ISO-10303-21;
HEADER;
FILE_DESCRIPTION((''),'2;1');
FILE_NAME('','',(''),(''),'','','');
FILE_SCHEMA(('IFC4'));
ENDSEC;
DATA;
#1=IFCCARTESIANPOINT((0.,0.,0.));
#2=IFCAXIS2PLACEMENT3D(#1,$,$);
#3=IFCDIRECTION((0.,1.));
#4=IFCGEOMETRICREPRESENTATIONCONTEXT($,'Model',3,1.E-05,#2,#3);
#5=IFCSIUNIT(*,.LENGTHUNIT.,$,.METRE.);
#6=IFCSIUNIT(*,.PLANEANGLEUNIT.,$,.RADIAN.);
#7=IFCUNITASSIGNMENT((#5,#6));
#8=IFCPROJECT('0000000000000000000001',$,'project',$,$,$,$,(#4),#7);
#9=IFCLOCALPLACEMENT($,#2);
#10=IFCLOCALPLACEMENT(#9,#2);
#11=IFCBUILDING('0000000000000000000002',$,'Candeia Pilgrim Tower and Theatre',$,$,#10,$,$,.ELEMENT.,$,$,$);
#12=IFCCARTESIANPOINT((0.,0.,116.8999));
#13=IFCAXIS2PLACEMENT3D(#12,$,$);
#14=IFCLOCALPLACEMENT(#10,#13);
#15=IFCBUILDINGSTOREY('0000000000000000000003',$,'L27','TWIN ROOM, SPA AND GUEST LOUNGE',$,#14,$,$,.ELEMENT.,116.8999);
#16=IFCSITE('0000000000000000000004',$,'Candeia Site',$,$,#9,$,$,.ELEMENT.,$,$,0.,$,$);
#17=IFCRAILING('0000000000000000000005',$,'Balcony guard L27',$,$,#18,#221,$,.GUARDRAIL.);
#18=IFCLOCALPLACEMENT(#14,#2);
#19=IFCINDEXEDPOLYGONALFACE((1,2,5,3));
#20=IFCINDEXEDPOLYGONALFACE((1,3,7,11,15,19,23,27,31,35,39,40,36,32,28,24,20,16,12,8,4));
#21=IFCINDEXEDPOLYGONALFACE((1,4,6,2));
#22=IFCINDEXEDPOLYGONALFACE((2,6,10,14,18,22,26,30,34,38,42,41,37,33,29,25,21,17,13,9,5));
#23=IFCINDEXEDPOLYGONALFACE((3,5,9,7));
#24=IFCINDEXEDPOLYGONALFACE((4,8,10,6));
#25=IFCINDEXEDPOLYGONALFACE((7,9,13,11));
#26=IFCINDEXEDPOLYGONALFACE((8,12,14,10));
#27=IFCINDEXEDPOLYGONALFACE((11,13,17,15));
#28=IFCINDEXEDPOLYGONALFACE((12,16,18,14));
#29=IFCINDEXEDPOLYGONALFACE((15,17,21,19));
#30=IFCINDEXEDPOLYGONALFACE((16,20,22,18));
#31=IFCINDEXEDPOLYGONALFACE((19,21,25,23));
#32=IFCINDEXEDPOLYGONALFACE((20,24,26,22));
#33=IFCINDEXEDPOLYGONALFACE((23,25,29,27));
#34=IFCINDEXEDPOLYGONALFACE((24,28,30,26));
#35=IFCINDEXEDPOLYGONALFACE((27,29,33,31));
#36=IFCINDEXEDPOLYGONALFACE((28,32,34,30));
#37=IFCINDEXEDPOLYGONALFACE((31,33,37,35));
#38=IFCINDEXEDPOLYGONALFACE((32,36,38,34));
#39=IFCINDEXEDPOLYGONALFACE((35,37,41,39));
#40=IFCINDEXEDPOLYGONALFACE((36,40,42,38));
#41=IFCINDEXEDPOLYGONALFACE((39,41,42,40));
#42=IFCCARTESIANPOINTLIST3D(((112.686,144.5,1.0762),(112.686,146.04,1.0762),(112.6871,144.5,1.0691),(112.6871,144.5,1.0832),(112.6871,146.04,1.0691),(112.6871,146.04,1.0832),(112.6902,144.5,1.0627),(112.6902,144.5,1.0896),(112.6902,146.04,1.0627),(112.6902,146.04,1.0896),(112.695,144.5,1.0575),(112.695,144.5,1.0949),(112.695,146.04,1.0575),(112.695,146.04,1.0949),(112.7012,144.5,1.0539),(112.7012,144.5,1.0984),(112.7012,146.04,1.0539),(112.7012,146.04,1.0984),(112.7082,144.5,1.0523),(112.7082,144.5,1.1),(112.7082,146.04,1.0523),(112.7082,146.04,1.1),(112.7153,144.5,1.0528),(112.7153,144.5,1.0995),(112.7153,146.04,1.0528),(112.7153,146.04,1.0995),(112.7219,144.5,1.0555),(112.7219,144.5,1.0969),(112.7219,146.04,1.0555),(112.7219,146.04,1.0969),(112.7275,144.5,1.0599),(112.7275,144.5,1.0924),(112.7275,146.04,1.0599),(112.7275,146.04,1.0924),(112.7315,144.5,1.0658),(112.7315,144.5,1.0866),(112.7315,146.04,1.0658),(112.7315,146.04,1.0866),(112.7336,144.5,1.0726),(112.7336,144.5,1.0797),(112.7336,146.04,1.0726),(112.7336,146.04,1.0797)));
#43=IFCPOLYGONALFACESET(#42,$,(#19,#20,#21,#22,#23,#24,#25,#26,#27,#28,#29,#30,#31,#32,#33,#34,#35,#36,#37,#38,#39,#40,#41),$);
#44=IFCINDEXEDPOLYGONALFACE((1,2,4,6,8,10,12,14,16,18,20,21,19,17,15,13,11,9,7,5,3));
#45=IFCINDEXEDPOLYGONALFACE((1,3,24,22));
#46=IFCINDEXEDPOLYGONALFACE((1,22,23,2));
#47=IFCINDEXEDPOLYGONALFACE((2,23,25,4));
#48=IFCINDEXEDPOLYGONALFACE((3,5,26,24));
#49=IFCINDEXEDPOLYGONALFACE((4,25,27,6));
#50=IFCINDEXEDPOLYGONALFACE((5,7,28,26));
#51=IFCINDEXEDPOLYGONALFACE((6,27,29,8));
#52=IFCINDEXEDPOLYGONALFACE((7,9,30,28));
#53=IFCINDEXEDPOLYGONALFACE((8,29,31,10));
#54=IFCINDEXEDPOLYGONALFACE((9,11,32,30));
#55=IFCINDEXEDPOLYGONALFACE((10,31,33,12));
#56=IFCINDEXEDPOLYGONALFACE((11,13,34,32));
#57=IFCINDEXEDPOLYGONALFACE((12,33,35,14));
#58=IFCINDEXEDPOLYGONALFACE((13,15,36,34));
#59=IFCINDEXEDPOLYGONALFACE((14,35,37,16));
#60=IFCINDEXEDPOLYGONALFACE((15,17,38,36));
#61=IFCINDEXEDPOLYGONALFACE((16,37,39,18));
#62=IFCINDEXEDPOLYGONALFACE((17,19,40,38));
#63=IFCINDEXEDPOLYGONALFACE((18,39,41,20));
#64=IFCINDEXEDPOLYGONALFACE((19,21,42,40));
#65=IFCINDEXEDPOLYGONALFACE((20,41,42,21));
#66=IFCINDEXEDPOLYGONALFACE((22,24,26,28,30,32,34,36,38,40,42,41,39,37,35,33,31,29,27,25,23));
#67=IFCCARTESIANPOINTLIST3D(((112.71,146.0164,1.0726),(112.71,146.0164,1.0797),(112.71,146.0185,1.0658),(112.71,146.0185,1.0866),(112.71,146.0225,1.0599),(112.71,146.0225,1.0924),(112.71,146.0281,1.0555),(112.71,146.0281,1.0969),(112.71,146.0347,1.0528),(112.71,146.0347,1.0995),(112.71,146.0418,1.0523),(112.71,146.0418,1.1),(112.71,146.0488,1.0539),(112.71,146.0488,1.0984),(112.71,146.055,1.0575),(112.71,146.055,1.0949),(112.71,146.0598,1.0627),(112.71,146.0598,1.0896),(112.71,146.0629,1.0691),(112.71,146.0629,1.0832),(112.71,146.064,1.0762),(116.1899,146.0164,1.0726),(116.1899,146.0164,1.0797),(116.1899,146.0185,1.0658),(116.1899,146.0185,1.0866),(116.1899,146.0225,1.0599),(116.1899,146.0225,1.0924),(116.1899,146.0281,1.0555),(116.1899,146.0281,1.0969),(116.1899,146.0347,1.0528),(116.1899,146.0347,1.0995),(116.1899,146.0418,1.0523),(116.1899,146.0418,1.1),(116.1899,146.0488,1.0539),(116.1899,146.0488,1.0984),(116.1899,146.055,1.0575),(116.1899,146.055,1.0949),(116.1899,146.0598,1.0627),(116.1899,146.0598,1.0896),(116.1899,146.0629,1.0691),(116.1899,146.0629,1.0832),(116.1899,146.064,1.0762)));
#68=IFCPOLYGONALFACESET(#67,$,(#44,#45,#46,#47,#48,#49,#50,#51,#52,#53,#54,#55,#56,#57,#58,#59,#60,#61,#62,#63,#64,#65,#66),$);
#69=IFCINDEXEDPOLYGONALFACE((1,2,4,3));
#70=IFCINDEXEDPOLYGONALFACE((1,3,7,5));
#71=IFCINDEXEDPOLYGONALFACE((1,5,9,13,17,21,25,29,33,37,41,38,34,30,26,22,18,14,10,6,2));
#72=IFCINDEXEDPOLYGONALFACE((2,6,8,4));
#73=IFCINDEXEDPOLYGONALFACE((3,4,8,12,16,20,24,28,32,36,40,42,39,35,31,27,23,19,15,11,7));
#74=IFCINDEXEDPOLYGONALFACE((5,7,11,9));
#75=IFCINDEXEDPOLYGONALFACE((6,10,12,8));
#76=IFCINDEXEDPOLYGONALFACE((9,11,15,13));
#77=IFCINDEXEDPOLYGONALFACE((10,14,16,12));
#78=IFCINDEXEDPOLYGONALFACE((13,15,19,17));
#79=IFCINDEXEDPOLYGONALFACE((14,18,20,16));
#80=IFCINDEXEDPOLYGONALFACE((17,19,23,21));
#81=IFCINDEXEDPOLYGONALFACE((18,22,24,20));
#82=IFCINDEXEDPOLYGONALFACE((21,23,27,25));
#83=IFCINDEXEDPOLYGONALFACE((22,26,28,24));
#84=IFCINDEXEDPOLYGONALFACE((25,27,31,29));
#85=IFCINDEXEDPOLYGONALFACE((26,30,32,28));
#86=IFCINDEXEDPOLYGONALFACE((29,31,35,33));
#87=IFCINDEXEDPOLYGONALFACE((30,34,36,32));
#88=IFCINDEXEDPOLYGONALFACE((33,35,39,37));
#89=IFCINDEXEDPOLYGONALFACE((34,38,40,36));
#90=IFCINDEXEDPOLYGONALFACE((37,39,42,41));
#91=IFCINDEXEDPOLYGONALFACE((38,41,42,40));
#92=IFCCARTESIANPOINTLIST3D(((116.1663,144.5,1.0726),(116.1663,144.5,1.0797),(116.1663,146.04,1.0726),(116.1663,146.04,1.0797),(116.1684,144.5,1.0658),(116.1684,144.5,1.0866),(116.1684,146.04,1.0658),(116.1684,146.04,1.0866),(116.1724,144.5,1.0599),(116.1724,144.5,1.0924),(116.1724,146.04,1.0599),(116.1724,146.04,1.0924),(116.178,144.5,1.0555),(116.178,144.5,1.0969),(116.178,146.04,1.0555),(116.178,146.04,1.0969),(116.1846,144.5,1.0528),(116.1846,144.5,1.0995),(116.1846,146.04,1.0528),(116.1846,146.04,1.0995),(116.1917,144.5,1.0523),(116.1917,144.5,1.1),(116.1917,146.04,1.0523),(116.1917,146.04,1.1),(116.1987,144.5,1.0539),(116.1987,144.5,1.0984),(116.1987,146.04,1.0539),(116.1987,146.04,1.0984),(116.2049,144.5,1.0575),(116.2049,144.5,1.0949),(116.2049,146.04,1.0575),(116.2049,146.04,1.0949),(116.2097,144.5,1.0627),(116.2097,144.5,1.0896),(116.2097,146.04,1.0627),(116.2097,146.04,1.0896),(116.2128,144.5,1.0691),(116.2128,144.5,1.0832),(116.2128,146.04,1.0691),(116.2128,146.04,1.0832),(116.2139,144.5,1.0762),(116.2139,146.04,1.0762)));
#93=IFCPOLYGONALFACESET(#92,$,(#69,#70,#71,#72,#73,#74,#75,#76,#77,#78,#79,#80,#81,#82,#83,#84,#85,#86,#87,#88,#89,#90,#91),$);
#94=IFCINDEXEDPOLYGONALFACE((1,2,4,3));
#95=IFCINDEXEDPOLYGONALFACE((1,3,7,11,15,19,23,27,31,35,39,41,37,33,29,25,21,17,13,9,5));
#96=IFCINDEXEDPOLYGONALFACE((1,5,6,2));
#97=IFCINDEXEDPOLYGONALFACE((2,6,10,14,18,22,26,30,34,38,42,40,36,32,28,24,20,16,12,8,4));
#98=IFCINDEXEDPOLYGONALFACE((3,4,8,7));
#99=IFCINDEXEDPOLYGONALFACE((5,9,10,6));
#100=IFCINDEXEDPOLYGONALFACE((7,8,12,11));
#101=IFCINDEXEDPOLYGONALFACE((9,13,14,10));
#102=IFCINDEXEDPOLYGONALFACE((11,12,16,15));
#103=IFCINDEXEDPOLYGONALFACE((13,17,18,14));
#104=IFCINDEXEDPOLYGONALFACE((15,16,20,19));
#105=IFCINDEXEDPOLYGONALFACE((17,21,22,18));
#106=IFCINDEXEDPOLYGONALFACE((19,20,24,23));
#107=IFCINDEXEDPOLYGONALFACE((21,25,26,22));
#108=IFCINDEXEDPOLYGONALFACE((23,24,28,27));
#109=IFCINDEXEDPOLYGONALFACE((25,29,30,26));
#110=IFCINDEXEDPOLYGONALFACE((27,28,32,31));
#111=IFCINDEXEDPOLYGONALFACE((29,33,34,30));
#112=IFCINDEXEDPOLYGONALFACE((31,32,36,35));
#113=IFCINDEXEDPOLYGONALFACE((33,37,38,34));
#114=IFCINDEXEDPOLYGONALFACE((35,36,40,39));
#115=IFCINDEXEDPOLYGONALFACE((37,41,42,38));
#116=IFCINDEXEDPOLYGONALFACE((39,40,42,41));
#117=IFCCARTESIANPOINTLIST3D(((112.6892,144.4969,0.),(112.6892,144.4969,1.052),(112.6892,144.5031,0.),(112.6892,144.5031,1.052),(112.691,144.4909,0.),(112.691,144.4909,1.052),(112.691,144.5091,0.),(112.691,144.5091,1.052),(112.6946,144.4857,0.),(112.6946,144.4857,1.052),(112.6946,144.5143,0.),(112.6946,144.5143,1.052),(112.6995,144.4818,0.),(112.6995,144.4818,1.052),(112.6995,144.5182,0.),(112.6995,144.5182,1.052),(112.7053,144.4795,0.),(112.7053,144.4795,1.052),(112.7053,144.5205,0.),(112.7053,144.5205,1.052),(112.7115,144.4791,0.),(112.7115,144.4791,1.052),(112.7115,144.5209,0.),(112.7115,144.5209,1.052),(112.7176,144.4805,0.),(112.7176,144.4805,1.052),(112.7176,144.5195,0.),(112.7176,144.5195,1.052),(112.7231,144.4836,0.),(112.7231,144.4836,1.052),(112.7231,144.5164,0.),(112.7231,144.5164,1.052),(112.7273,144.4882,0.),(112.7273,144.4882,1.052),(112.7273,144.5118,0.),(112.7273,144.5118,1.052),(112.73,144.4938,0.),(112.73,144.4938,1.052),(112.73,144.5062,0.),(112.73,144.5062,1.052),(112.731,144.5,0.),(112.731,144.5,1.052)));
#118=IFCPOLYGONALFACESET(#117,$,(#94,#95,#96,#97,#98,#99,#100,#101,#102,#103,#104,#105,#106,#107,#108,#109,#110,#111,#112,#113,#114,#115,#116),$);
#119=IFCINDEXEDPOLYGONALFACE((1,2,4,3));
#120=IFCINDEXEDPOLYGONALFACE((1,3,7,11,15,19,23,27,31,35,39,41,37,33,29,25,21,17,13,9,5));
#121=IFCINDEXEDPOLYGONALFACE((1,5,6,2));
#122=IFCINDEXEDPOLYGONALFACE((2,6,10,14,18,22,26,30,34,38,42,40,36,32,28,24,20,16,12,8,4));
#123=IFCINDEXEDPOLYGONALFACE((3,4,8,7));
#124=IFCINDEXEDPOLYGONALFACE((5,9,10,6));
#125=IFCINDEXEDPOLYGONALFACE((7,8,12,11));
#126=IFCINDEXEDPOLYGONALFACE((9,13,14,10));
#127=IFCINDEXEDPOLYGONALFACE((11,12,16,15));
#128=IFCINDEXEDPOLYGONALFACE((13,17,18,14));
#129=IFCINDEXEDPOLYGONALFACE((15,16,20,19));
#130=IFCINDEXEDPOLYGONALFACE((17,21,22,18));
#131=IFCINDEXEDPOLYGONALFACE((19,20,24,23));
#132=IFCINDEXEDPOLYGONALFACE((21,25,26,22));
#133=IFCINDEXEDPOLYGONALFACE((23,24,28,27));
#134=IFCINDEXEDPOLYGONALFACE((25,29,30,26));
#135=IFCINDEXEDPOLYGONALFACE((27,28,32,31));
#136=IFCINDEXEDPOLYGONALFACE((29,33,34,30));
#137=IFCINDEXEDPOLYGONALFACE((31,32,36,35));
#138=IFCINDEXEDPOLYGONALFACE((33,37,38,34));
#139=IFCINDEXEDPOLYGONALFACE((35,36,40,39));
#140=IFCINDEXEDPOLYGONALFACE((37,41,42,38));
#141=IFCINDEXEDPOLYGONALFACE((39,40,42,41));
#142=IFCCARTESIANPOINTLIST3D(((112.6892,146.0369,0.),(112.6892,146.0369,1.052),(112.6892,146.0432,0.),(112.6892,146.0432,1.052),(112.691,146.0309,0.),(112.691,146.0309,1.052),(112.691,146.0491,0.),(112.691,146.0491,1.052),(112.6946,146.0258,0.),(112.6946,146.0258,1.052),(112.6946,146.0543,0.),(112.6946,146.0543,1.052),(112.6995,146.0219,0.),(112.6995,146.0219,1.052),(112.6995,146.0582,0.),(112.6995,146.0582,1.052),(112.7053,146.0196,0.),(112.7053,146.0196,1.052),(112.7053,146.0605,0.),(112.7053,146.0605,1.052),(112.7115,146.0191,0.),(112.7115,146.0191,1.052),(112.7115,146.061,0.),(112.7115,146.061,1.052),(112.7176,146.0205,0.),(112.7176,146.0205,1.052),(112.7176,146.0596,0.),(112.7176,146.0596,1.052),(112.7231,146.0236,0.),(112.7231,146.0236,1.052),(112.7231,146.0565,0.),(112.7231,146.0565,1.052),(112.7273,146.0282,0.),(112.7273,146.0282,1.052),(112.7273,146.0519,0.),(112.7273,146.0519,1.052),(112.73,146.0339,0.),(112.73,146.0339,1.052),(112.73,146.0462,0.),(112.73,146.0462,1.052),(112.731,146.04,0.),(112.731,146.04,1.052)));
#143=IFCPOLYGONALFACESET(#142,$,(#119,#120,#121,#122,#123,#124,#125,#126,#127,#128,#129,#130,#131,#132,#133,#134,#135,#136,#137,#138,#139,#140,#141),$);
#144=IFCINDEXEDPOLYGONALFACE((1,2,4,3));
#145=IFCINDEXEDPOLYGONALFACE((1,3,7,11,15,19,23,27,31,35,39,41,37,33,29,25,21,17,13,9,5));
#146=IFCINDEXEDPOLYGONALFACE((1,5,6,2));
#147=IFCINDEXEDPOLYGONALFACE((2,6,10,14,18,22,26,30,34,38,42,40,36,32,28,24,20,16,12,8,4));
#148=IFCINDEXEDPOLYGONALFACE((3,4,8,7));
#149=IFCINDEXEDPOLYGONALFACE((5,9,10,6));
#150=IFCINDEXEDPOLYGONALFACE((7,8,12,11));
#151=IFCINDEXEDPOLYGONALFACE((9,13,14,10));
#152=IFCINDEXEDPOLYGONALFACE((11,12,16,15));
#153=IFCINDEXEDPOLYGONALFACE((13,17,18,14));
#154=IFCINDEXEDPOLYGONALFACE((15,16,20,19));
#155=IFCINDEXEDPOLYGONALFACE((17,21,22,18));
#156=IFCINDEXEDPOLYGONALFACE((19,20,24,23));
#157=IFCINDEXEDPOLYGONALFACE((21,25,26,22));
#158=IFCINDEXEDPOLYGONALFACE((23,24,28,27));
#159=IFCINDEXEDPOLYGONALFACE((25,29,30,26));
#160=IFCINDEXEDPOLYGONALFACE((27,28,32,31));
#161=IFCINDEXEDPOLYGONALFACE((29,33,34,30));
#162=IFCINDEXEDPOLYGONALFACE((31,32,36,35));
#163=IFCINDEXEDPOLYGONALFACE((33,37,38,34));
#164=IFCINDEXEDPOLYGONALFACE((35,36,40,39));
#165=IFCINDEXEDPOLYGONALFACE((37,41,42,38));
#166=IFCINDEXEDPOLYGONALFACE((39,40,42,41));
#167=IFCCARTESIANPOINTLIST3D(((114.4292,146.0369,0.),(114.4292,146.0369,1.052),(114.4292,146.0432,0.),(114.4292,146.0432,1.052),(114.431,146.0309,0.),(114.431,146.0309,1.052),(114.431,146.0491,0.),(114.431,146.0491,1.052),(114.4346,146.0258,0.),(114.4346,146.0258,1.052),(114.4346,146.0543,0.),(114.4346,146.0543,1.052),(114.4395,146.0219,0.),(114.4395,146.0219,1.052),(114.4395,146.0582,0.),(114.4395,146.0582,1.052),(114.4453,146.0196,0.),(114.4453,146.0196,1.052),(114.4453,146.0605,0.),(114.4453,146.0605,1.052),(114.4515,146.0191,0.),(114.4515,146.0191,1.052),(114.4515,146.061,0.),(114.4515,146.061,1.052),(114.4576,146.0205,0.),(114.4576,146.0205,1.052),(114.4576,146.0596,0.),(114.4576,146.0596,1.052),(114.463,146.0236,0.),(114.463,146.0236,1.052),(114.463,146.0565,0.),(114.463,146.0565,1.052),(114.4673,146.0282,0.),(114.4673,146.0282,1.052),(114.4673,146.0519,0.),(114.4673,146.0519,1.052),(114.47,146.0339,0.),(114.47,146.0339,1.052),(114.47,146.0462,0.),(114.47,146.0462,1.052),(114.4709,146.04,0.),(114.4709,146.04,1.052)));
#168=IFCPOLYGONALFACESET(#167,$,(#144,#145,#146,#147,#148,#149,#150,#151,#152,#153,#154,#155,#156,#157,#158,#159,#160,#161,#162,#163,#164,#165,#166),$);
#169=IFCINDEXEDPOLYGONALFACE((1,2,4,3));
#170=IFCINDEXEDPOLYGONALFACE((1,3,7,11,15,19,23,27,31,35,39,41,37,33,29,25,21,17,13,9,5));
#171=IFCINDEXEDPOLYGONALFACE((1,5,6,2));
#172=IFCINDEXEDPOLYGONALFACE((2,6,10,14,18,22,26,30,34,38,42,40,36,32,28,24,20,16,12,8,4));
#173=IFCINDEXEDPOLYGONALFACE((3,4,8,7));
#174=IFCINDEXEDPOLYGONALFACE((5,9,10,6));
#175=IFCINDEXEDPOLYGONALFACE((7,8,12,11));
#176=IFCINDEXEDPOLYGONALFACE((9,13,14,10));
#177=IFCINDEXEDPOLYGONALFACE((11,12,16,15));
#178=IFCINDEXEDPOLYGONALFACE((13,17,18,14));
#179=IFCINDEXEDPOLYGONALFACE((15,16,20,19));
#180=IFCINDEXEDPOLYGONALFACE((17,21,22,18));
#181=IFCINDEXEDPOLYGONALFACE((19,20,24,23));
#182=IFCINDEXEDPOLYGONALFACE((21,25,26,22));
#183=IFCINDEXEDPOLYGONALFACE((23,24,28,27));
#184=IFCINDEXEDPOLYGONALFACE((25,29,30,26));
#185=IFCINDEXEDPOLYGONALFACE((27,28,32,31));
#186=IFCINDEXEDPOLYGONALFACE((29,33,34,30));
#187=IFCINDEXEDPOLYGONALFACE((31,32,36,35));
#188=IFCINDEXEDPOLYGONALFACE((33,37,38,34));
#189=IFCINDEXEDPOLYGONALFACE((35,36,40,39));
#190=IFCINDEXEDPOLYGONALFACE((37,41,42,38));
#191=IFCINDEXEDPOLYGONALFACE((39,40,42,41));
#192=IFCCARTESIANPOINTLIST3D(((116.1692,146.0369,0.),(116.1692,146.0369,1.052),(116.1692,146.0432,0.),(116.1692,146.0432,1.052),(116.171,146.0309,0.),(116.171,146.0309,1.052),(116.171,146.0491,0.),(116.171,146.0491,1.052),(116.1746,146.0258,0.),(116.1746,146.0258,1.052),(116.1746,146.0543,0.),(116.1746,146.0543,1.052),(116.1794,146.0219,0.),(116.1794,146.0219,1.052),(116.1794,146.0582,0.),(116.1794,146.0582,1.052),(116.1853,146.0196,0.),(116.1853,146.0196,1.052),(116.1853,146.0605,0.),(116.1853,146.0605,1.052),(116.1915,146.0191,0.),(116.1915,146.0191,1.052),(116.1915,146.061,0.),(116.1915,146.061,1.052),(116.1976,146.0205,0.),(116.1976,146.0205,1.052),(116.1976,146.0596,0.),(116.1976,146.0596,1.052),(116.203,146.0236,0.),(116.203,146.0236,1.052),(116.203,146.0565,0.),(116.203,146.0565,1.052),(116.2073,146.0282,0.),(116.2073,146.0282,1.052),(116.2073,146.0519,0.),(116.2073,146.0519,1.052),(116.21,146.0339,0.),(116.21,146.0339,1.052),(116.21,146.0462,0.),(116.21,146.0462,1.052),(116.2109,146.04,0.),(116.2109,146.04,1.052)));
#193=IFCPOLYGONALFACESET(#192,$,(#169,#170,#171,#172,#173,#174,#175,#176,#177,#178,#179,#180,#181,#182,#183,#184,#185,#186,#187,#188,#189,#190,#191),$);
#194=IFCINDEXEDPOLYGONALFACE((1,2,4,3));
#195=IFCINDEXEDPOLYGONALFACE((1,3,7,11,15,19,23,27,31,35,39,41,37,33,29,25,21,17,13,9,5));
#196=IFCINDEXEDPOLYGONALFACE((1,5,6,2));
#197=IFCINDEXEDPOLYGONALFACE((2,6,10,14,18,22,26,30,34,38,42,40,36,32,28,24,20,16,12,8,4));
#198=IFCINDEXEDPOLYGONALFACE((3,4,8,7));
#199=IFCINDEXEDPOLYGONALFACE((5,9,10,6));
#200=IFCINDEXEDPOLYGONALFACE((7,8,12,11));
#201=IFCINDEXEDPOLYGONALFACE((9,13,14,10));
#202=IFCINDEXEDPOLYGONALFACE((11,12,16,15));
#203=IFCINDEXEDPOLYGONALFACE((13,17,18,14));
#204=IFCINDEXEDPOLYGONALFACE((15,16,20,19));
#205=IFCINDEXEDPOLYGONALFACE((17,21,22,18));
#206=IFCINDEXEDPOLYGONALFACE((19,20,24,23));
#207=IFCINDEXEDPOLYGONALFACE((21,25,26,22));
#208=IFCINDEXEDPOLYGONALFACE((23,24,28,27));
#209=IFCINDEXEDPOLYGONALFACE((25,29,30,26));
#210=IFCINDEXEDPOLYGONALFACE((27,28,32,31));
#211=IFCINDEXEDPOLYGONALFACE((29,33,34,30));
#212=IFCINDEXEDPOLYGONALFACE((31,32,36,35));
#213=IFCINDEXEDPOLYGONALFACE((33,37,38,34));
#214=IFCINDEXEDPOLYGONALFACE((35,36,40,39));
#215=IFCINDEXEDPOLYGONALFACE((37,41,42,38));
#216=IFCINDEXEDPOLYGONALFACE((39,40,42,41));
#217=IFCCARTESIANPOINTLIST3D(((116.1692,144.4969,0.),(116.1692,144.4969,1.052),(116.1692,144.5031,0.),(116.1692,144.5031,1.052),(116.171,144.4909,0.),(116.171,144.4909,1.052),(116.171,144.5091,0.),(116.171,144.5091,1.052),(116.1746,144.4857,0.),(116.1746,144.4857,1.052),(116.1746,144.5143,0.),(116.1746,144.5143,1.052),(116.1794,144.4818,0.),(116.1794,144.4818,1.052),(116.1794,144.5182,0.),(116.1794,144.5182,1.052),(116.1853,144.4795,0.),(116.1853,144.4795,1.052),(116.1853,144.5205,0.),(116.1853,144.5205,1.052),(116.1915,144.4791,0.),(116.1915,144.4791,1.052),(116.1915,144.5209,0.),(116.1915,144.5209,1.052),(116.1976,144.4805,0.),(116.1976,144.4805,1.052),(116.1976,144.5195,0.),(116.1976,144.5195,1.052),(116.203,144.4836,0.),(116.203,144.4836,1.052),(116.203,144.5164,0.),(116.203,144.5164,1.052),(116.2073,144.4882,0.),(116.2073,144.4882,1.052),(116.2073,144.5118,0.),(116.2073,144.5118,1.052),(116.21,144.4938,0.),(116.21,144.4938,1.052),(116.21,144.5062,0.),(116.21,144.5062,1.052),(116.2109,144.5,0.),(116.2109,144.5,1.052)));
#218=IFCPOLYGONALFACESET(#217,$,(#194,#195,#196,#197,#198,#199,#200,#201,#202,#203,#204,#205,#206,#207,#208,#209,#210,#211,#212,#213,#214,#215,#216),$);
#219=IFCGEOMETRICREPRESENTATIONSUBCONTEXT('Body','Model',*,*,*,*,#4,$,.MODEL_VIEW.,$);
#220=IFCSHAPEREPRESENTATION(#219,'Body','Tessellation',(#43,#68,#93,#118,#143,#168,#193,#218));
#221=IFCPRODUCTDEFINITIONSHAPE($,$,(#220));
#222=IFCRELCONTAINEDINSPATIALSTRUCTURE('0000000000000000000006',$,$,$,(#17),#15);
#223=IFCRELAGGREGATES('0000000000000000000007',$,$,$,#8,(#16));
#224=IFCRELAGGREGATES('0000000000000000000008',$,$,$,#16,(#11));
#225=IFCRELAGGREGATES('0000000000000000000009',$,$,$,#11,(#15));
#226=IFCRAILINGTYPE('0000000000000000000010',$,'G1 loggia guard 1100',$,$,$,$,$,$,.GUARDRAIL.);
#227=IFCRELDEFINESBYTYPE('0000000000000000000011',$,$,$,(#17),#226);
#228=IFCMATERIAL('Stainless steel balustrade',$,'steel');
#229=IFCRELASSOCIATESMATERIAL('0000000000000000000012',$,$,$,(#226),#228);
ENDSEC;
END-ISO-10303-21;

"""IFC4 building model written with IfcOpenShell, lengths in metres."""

from ifc_helpers import new_model, si_unit, direction, frame, origin, origin_2d, place, context, subcontext, project, spatial, circle, extrude, material, type_object, element, save


model = new_model("IFC4")

# Units and contexts
model_context = context("Model", 3, precision=1e-05, world=origin(), true_north=direction((0.0, 1.0)))
body_context = subcontext(model_context, "Body", "Model", "MODEL_VIEW")
ifc_project = project(units=[si_unit("LENGTHUNIT", "METRE"), si_unit("PLANEANGLEUNIT", "RADIAN")], contexts=[model_context])

# Site, building, storey
site_placement = place(None, origin())
site = spatial("IfcSite", under=ifc_project, at=site_placement, Name="Candeia Site", CompositionType="ELEMENT", RefElevation=0.0)
building_placement = place(site_placement, origin())
building = spatial("IfcBuilding", under=site, at=building_placement, Name="Candeia Pilgrim Tower and Theatre", CompositionType="ELEMENT")
storey_placement = place(building_placement, frame((0.0, 0.0, 116.8999)))
storey = spatial("IfcBuildingStorey", under=building, at=storey_placement, Name="L27", Description="TWIN ROOM, SPA AND GUEST LOUNGE", CompositionType="ELEMENT", Elevation=116.8999)

# Railing
ifc_material_1 = material(Name="Stainless steel balustrade", Category="steel")
railing_type = type_object("IfcRailingType", Name="G1 loggia guard 1100", PredefinedType="GUARDRAIL", material=ifc_material_1)
railing_placement = place(storey_placement, frame((112.71, 144.5, 0.0)))
element("IfcRailing", 1, at=railing_placement, inside=storey, type_object=railing_type, Name="Balcony guard L27", PredefinedType="GUARDRAIL", context=body_context, shape_type="SweptSolid", body=[
    extrude(circle(Radius=0.0239, at=origin_2d()), frame((0.0, 0.0, 1.0762), z_axis=(0.0, 1.0, 0.0), x_axis=(-1.0, 0.0, 0.0)), (0.0, 0.0, 1.0), 1.54),
    extrude(circle(Radius=0.0239, at=origin_2d()), frame((0.0, 1.54, 1.0762), z_axis=(1.0, 0.0, 0.0), x_axis=(0.0, 1.0, 0.0)), (0.0, 0.0, 1.0), 3.48),
    extrude(circle(Radius=0.0239, at=origin_2d()), frame((3.48, 1.54, 1.0762), z_axis=(0.0, -1.0, 0.0), x_axis=(1.0, 0.0, 0.0)), (0.0, 0.0, 1.0), 1.54),
    extrude(circle(Radius=0.021, at=origin_2d()), origin(), (0.0, 0.0, 1.0), 1.052),
    extrude(circle(Radius=0.021, at=origin_2d()), frame((0.0, 1.54, 0.0)), (0.0, 0.0, 1.0), 1.052),
    extrude(circle(Radius=0.021, at=origin_2d()), frame((1.74, 1.54, 0.0)), (0.0, 0.0, 1.0), 1.052),
    extrude(circle(Radius=0.021, at=origin_2d()), frame((3.48, 1.54, 0.0)), (0.0, 0.0, 1.0), 1.052),
    extrude(circle(Radius=0.021, at=origin_2d()), frame((3.48, 0.0, 0.0)), (0.0, 0.0, 1.0), 1.052),
])

save(model, "model.ifc")
